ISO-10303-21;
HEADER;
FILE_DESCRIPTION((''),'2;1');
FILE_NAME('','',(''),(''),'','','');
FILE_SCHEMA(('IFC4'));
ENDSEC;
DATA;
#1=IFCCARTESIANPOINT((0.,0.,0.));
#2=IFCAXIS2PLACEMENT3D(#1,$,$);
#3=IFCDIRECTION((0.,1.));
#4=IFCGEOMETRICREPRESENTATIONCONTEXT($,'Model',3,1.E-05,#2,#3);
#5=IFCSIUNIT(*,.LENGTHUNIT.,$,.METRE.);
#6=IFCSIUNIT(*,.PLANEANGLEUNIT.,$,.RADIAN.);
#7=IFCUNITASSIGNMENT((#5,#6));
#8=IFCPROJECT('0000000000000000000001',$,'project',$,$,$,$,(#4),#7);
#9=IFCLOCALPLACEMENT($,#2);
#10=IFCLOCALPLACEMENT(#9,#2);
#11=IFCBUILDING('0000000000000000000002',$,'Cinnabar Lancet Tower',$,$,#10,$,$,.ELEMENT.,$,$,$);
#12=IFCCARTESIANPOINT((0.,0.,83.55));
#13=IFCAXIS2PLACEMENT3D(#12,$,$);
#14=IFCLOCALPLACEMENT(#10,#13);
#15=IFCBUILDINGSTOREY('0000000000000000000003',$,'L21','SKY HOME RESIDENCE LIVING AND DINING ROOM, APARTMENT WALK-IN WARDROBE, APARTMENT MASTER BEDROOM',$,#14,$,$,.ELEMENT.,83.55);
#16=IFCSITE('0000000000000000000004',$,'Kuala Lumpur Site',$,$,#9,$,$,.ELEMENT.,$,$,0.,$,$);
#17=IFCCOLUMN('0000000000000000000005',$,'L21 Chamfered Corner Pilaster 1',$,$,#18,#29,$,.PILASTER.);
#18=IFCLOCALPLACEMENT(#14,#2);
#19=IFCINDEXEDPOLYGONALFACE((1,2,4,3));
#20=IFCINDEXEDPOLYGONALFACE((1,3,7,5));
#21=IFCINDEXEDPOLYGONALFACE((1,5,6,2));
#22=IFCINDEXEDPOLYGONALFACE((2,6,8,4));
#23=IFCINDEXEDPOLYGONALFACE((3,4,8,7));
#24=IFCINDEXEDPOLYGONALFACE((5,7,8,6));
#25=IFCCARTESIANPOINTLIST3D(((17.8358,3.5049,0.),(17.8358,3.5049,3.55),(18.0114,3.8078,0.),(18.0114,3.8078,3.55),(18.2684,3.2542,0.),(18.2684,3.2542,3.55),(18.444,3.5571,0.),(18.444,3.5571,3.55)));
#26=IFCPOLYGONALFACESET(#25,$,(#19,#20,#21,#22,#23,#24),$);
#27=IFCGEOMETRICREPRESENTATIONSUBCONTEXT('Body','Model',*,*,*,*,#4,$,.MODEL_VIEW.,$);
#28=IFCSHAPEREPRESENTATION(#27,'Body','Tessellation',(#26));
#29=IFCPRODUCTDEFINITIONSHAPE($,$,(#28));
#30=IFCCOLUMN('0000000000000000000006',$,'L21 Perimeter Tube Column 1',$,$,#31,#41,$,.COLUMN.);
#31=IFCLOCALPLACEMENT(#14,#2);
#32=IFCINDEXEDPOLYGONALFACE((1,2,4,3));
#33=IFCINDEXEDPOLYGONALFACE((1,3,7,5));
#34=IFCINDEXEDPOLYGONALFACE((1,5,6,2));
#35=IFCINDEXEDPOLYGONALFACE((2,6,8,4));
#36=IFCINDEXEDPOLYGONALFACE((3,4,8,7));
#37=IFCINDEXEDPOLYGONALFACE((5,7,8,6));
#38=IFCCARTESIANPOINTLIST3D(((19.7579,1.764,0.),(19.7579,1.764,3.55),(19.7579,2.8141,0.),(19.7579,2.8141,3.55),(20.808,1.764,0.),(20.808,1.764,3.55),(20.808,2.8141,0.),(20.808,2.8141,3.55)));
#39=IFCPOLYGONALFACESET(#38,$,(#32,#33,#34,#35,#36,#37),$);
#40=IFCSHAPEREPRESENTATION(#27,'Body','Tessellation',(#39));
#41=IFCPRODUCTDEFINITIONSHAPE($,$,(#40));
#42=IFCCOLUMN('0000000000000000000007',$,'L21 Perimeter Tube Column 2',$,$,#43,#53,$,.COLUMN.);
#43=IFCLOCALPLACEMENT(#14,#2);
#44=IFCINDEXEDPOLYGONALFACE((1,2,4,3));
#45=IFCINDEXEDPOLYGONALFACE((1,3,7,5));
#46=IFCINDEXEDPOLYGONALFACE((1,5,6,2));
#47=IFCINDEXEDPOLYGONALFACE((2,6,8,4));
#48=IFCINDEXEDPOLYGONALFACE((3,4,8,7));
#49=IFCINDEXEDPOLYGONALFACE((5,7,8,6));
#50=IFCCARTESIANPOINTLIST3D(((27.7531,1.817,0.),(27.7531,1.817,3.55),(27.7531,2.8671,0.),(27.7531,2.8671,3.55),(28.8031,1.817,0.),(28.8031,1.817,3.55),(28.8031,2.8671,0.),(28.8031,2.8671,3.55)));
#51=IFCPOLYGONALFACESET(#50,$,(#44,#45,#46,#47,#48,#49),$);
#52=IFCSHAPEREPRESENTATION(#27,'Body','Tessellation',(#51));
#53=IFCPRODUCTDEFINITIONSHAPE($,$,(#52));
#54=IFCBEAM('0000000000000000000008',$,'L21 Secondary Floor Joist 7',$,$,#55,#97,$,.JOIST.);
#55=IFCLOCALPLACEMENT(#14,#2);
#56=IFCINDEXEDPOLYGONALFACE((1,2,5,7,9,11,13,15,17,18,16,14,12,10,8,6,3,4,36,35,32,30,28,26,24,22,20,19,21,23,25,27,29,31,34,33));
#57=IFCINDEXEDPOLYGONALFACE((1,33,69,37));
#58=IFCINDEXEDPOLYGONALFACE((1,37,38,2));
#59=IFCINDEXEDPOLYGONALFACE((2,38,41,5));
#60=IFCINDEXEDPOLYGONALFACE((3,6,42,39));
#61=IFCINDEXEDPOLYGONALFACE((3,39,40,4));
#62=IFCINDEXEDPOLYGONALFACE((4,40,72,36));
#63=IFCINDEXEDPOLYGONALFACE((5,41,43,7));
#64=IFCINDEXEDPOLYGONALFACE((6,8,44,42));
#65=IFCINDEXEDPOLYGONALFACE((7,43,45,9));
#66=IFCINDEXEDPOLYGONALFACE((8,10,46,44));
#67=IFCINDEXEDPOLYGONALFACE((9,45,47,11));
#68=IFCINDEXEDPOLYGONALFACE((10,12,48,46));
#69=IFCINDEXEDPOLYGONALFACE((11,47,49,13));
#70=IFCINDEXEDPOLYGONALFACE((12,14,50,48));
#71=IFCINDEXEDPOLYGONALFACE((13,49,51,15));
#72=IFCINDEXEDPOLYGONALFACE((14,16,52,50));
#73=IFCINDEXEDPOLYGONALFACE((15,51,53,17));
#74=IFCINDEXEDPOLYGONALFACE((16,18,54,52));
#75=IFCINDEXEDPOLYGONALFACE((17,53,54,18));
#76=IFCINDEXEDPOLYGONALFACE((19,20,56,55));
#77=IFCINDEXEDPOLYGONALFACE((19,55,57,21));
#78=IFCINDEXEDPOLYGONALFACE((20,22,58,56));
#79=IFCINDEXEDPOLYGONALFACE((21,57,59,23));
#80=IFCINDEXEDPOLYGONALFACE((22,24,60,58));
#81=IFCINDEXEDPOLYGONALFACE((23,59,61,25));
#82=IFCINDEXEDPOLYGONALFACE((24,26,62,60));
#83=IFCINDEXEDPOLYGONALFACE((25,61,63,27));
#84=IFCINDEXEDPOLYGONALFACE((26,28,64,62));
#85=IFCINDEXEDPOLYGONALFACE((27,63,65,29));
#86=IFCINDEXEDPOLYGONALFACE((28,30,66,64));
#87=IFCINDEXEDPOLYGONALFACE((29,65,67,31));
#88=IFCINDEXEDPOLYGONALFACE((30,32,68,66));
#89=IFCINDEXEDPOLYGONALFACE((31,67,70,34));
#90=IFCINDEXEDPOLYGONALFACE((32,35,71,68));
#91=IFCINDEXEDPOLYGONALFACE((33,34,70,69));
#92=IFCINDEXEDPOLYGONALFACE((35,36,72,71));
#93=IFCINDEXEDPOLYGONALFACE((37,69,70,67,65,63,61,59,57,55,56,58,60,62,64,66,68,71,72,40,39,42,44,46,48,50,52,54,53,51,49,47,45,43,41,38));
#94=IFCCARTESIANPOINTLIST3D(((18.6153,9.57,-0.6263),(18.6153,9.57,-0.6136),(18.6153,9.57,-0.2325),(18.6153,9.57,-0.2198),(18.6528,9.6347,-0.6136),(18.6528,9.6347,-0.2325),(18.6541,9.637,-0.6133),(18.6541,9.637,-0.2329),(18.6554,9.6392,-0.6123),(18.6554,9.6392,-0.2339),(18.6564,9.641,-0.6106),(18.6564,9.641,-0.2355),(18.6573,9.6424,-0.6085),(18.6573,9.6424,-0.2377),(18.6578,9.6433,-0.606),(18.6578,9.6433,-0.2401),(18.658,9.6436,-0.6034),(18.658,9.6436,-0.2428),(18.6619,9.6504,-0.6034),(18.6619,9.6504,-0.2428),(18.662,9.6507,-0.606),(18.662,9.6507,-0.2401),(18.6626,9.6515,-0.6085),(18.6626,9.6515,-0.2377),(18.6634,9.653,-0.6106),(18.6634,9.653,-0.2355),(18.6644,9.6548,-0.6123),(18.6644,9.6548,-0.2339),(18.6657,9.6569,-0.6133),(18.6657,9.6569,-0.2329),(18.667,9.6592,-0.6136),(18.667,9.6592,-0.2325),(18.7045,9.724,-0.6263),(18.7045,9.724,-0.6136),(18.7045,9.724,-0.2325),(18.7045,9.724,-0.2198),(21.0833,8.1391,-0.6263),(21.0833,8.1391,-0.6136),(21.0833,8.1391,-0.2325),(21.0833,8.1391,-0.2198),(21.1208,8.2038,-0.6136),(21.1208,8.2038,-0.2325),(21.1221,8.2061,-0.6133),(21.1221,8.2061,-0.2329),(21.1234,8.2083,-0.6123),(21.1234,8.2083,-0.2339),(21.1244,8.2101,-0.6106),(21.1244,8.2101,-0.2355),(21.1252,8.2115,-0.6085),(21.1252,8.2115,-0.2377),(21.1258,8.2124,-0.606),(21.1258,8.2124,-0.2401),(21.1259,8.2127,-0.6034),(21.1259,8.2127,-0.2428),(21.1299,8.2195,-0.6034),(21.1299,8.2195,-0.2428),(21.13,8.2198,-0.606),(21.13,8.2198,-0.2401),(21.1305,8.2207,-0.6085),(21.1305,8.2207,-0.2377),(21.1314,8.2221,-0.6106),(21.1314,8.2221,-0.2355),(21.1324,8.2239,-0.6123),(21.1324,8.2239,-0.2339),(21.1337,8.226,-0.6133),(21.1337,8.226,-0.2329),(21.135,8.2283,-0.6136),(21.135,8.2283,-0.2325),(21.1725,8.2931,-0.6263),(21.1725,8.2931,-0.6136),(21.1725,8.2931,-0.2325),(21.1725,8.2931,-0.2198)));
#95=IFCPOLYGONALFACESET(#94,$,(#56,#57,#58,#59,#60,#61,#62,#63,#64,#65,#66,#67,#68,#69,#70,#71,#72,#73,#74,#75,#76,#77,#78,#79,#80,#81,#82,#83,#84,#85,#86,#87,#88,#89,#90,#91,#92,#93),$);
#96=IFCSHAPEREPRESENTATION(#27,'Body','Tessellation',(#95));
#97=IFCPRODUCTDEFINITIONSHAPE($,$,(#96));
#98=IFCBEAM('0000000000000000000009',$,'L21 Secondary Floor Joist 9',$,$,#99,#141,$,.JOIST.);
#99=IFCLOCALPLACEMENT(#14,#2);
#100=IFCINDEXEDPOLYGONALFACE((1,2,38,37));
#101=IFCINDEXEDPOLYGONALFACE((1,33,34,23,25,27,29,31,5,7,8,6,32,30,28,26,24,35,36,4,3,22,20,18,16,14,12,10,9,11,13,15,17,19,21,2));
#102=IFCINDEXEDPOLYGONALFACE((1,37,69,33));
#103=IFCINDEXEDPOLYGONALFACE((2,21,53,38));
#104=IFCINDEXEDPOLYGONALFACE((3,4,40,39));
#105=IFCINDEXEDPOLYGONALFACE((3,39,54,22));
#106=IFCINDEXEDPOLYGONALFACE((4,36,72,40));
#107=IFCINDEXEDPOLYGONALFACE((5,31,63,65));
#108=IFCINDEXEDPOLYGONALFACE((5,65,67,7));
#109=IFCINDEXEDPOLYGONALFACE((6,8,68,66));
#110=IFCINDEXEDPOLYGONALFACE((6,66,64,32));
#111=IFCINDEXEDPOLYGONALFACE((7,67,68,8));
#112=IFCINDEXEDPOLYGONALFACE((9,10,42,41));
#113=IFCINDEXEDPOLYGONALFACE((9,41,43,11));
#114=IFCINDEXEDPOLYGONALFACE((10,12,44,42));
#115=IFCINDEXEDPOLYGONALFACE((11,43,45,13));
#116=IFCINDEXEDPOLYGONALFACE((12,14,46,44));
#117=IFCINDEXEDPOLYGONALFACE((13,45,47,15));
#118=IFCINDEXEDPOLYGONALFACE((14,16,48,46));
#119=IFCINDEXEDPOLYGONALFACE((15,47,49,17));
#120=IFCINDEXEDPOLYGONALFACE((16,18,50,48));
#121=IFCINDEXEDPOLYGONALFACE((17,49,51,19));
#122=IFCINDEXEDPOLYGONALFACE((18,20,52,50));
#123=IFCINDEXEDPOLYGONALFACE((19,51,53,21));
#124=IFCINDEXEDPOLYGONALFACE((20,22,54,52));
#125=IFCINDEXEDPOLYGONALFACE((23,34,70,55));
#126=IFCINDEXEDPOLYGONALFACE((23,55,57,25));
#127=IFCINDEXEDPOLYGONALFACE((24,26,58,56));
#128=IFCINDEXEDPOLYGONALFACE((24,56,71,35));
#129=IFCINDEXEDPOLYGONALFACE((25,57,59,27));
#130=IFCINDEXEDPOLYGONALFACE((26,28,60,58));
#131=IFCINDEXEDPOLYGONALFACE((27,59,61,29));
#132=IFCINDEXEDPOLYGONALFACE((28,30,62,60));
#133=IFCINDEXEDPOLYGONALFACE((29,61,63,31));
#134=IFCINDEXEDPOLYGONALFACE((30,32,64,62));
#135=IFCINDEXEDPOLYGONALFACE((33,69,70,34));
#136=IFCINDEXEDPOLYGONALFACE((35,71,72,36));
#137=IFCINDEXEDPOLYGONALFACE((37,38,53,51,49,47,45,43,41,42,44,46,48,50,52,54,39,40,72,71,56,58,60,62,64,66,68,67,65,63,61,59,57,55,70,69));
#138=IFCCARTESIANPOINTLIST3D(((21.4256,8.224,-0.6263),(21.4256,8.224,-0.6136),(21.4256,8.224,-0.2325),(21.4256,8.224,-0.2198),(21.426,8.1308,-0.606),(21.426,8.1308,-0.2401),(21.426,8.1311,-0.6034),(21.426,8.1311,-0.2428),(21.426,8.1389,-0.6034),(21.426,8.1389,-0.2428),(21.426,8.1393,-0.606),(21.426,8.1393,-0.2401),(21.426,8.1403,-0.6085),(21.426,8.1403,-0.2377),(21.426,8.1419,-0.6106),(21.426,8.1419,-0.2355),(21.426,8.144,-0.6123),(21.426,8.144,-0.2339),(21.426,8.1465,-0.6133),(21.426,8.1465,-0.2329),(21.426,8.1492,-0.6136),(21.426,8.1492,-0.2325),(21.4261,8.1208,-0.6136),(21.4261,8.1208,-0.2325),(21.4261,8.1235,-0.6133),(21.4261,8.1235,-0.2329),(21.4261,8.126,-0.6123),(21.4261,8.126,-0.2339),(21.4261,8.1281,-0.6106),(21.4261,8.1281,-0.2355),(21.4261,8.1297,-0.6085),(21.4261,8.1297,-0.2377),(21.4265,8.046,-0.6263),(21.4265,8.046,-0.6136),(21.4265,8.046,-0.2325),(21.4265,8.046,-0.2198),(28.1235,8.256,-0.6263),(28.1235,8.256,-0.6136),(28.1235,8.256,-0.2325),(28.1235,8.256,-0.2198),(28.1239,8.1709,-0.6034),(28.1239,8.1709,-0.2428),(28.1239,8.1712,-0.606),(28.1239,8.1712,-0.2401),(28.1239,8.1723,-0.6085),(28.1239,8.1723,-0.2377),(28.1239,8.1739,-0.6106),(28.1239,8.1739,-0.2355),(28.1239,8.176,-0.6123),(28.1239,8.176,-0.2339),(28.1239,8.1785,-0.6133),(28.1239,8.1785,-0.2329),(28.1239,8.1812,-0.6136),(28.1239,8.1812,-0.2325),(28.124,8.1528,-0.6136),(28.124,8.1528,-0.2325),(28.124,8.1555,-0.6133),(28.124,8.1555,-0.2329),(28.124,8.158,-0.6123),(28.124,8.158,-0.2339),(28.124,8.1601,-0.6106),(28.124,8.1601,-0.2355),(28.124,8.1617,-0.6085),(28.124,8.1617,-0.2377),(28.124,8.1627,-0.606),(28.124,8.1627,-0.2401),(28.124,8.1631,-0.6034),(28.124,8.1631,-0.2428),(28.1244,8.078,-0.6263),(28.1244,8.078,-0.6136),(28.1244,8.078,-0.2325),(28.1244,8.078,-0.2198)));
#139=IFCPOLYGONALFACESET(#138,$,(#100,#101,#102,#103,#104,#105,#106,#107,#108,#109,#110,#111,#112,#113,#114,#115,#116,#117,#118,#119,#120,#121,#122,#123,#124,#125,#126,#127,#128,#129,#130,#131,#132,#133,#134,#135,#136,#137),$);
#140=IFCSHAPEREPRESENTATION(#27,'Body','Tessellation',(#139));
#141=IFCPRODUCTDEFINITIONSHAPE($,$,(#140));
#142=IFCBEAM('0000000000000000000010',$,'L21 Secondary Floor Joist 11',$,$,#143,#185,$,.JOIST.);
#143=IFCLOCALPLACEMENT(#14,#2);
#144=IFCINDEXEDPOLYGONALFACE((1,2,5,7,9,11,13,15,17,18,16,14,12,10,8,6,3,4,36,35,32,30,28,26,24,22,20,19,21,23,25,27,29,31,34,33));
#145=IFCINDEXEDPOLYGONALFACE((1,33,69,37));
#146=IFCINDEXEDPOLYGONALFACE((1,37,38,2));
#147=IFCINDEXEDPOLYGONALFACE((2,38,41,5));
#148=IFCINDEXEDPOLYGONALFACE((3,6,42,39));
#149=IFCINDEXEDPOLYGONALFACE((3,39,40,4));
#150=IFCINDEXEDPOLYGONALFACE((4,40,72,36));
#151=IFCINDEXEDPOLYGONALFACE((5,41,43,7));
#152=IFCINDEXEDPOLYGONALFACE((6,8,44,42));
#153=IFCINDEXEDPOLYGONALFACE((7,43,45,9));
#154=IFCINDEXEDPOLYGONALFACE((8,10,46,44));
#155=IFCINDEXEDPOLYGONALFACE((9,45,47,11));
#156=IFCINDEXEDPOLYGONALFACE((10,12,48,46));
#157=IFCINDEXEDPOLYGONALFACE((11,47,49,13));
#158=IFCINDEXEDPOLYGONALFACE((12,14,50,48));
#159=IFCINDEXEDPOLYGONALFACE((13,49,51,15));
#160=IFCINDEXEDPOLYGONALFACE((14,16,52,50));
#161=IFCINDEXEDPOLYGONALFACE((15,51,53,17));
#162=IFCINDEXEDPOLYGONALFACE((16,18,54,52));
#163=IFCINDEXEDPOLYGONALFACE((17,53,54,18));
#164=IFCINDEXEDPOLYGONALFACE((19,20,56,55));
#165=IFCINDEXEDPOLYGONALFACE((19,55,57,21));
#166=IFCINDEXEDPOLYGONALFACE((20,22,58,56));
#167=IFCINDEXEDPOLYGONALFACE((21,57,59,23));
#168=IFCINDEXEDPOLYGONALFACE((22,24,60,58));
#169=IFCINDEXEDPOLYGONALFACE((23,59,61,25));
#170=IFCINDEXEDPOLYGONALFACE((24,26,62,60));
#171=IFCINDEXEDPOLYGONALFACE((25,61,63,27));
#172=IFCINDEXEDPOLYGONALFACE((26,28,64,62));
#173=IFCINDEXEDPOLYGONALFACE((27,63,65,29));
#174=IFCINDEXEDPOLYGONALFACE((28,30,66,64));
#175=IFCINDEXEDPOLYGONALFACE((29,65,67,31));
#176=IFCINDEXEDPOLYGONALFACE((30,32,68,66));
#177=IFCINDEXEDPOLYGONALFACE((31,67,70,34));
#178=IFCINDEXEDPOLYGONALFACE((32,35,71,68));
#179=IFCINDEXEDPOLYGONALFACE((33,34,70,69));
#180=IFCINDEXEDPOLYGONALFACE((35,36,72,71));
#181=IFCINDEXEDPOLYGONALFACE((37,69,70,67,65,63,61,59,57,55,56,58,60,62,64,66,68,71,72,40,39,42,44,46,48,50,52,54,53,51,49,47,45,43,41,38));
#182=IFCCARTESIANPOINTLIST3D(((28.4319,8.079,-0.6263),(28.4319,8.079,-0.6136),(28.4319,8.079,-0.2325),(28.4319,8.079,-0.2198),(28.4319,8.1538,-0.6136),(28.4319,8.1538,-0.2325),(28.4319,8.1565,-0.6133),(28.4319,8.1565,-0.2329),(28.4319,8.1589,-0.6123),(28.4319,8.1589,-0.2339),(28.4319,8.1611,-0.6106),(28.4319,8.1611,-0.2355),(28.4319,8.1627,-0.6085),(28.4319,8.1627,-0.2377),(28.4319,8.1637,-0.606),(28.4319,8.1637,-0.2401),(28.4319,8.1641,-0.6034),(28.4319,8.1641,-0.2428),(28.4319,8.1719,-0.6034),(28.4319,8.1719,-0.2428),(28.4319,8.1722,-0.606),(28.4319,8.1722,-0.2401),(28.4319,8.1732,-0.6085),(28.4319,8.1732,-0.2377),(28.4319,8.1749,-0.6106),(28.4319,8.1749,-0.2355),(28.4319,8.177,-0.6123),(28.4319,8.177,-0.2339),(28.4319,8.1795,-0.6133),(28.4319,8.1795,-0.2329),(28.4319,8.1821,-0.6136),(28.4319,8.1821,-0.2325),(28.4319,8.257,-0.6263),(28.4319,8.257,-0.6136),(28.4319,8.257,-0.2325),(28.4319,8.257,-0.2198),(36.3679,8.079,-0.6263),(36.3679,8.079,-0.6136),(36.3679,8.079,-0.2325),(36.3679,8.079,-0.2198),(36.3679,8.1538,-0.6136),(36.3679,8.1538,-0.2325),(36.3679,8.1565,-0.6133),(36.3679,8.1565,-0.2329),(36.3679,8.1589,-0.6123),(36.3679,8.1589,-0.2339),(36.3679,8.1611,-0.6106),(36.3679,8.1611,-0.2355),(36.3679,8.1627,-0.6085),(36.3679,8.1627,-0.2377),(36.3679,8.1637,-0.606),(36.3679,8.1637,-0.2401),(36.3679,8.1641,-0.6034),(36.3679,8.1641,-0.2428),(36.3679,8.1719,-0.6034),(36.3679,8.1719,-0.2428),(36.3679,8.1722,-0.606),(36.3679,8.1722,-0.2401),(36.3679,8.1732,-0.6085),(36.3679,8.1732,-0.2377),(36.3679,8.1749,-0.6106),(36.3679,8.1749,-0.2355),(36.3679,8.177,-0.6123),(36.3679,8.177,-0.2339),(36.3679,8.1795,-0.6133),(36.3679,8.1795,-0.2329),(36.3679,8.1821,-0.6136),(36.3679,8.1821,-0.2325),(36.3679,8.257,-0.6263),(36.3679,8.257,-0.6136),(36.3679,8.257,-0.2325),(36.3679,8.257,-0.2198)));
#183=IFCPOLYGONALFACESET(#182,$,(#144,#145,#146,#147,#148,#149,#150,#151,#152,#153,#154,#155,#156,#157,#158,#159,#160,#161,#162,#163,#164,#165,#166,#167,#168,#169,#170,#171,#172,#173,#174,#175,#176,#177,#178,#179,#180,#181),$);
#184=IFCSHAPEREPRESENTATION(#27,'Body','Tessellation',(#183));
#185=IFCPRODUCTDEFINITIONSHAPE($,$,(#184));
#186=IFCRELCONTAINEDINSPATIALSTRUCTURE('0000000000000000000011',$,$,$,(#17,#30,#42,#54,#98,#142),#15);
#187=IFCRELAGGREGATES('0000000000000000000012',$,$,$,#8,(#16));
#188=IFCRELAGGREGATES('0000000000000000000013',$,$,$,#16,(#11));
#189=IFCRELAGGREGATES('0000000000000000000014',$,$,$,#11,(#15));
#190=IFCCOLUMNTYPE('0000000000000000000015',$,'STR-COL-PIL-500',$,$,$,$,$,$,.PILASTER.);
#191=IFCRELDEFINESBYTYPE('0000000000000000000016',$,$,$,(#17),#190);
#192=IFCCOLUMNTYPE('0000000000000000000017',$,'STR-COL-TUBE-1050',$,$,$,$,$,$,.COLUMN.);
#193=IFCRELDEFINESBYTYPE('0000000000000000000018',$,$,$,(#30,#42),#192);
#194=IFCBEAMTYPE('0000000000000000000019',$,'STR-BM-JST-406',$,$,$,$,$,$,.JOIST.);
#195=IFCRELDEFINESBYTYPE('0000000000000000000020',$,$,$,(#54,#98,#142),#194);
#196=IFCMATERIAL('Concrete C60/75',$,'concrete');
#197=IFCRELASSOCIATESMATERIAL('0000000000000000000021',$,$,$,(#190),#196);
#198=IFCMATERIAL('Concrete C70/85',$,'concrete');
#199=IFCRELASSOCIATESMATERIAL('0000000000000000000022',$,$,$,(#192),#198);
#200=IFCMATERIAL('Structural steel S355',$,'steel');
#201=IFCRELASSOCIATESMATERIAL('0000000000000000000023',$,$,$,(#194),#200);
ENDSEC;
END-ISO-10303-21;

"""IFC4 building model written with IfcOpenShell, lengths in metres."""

from ifc_helpers import new_model, si_unit, direction, frame, origin, origin_2d, place, context, subcontext, project, spatial, rectangle, i_section, extrude, material, material_profile, profile_set, type_object, element, save


model = new_model("IFC4")

# Units and contexts
model_context = context("Model", 3, precision=1e-05, world=origin(), true_north=direction((0.0, 1.0)))
body_context = subcontext(model_context, "Body", "Model", "MODEL_VIEW")
ifc_project = project(units=[si_unit("LENGTHUNIT", "METRE"), si_unit("PLANEANGLEUNIT", "RADIAN")], contexts=[model_context])

# Site, building, storey
site_placement = place(None, origin())
site = spatial("IfcSite", under=ifc_project, at=site_placement, Name="Kuala Lumpur Site", CompositionType="ELEMENT", RefElevation=0.0)
building_placement = place(site_placement, origin())
building = spatial("IfcBuilding", under=site, at=building_placement, Name="Cinnabar Lancet Tower", CompositionType="ELEMENT")
storey_placement = place(building_placement, frame((0.0, 0.0, 83.55)))
storey = spatial("IfcBuildingStorey", under=building, at=storey_placement, Name="L21", Description="SKY HOME RESIDENCE LIVING AND DINING ROOM, APARTMENT WALK-IN WARDROBE, APARTMENT MASTER BEDROOM", CompositionType="ELEMENT", Elevation=83.55)

# Columns
ifc_material_1 = material(Name="Concrete C60/75", Category="concrete")
ifc_material_profile_1 = material_profile(ifc_material_1, rectangle(XDim=0.5, YDim=0.3501, at=origin_2d()), Name="RC-PIL 500x350")
ifc_profile_set_1 = profile_set([ifc_material_profile_1], Name="Concrete C60/75")
column_type_1 = type_object("IfcColumnType", Name="STR-COL-PIL-500", PredefinedType="PILASTER", material=ifc_profile_set_1)
column_placement = place(storey_placement, frame((18.1399, 3.531, 0.0), z_axis=(0.0, 0.0, 1.0), x_axis=(0.865195, -0.501435, 0.0)))
element("IfcColumn", 1, at=column_placement, inside=storey, type_object=column_type_1, Name="L21 Chamfered Corner Pilaster 1", PredefinedType="PILASTER", context=body_context, shape_type="SweptSolid", body=[
    extrude(rectangle(XDim=0.5, YDim=0.3501, at=origin_2d()), origin(), (0.0, 0.0, 1.0), 3.55),
])
ifc_material_2 = material(Name="Concrete C70/85", Category="concrete")
ifc_material_profile_2 = material_profile(ifc_material_2, rectangle(XDim=1.05, YDim=1.05, at=origin_2d()), Name="RC-COL 1050x1050")
ifc_profile_set_2 = profile_set([ifc_material_profile_2], Name="Concrete C70/85")
column_type_2 = type_object("IfcColumnType", Name="STR-COL-TUBE-1050", PredefinedType="COLUMN", material=ifc_profile_set_2)
for number, where, z_axis, x_axis, name in (
    (2, (20.283, 2.2891, 0.0), (0.0, 0.0, 1.0), (1.0, 0.0, 0.0), "L21 Perimeter Tube Column 1"),
    (3, (28.2781, 2.342, 0.0), (0.0, 0.0, 1.0), (1.0, 0.0, 0.0), "L21 Perimeter Tube Column 2"),
):
    element("IfcColumn", number, at=place(storey_placement, frame(where, z_axis=z_axis, x_axis=x_axis)), inside=storey, type_object=column_type_2, Name=name, PredefinedType="COLUMN", context=body_context, shape_type="SweptSolid", body=[
        extrude(rectangle(XDim=1.05, YDim=1.05, at=origin_2d()), origin(), (0.0, 0.0, 1.0), 3.55),
    ])

# Beams
ifc_material_3 = material(Name="Structural steel S355", Category="steel")
ifc_material_profile_3 = material_profile(ifc_material_3, i_section(OverallWidth=0.178, OverallDepth=0.4065, WebThickness=0.0078, FlangeThickness=0.0127, FilletRadius=0.0103, at=origin_2d()), Name="UKB 406x178x60")
ifc_profile_set_3 = profile_set([ifc_material_profile_3], Name="Structural steel S355")
beam_type_1 = type_object("IfcBeamType", Name="STR-BM-JST-406", PredefinedType="JOIST", material=ifc_profile_set_3)
beam_1_placement = place(storey_placement, frame((18.6599, 9.647, -0.4231), z_axis=(0.865114, -0.501576, 0.0), x_axis=(0.501576, 0.865114, 0.0)))
element("IfcBeam", 4, at=beam_1_placement, inside=storey, type_object=beam_type_1, Name="L21 Secondary Floor Joist 7", PredefinedType="JOIST", context=body_context, shape_type="SweptSolid", body=[
    extrude(i_section(OverallWidth=0.178, OverallDepth=0.4065, WebThickness=0.0078, FlangeThickness=0.0127, FilletRadius=0.0103, at=origin_2d()), origin(), (0.0, 0.0, 1.0), 2.8528),
])
beam_2_placement = place(storey_placement, frame((21.426, 8.135, -0.4231), z_axis=(0.999989, 0.004775, 0.0), x_axis=(-0.004775, 0.999989, 0.0)))
element("IfcBeam", 5, at=beam_2_placement, inside=storey, type_object=beam_type_1, Name="L21 Secondary Floor Joist 9", PredefinedType="JOIST", context=body_context, shape_type="SweptSolid", body=[
    extrude(i_section(OverallWidth=0.178, OverallDepth=0.4065, WebThickness=0.0078, FlangeThickness=0.0127, FilletRadius=0.0103, at=origin_2d()), origin(), (0.0, 0.0, 1.0), 6.698),
])
beam_3_placement = place(storey_placement, frame((28.4319, 8.168, -0.4231), z_axis=(1.0, 0.0, 0.0), x_axis=(0.0, 1.0, 0.0)))
element("IfcBeam", 6, at=beam_3_placement, inside=storey, type_object=beam_type_1, Name="L21 Secondary Floor Joist 11", PredefinedType="JOIST", context=body_context, shape_type="SweptSolid", body=[
    extrude(i_section(OverallWidth=0.178, OverallDepth=0.4065, WebThickness=0.0078, FlangeThickness=0.0127, FilletRadius=0.0103, at=origin_2d()), origin(), (0.0, 0.0, 1.0), 7.936),
])

save(model, "model.ifc")
